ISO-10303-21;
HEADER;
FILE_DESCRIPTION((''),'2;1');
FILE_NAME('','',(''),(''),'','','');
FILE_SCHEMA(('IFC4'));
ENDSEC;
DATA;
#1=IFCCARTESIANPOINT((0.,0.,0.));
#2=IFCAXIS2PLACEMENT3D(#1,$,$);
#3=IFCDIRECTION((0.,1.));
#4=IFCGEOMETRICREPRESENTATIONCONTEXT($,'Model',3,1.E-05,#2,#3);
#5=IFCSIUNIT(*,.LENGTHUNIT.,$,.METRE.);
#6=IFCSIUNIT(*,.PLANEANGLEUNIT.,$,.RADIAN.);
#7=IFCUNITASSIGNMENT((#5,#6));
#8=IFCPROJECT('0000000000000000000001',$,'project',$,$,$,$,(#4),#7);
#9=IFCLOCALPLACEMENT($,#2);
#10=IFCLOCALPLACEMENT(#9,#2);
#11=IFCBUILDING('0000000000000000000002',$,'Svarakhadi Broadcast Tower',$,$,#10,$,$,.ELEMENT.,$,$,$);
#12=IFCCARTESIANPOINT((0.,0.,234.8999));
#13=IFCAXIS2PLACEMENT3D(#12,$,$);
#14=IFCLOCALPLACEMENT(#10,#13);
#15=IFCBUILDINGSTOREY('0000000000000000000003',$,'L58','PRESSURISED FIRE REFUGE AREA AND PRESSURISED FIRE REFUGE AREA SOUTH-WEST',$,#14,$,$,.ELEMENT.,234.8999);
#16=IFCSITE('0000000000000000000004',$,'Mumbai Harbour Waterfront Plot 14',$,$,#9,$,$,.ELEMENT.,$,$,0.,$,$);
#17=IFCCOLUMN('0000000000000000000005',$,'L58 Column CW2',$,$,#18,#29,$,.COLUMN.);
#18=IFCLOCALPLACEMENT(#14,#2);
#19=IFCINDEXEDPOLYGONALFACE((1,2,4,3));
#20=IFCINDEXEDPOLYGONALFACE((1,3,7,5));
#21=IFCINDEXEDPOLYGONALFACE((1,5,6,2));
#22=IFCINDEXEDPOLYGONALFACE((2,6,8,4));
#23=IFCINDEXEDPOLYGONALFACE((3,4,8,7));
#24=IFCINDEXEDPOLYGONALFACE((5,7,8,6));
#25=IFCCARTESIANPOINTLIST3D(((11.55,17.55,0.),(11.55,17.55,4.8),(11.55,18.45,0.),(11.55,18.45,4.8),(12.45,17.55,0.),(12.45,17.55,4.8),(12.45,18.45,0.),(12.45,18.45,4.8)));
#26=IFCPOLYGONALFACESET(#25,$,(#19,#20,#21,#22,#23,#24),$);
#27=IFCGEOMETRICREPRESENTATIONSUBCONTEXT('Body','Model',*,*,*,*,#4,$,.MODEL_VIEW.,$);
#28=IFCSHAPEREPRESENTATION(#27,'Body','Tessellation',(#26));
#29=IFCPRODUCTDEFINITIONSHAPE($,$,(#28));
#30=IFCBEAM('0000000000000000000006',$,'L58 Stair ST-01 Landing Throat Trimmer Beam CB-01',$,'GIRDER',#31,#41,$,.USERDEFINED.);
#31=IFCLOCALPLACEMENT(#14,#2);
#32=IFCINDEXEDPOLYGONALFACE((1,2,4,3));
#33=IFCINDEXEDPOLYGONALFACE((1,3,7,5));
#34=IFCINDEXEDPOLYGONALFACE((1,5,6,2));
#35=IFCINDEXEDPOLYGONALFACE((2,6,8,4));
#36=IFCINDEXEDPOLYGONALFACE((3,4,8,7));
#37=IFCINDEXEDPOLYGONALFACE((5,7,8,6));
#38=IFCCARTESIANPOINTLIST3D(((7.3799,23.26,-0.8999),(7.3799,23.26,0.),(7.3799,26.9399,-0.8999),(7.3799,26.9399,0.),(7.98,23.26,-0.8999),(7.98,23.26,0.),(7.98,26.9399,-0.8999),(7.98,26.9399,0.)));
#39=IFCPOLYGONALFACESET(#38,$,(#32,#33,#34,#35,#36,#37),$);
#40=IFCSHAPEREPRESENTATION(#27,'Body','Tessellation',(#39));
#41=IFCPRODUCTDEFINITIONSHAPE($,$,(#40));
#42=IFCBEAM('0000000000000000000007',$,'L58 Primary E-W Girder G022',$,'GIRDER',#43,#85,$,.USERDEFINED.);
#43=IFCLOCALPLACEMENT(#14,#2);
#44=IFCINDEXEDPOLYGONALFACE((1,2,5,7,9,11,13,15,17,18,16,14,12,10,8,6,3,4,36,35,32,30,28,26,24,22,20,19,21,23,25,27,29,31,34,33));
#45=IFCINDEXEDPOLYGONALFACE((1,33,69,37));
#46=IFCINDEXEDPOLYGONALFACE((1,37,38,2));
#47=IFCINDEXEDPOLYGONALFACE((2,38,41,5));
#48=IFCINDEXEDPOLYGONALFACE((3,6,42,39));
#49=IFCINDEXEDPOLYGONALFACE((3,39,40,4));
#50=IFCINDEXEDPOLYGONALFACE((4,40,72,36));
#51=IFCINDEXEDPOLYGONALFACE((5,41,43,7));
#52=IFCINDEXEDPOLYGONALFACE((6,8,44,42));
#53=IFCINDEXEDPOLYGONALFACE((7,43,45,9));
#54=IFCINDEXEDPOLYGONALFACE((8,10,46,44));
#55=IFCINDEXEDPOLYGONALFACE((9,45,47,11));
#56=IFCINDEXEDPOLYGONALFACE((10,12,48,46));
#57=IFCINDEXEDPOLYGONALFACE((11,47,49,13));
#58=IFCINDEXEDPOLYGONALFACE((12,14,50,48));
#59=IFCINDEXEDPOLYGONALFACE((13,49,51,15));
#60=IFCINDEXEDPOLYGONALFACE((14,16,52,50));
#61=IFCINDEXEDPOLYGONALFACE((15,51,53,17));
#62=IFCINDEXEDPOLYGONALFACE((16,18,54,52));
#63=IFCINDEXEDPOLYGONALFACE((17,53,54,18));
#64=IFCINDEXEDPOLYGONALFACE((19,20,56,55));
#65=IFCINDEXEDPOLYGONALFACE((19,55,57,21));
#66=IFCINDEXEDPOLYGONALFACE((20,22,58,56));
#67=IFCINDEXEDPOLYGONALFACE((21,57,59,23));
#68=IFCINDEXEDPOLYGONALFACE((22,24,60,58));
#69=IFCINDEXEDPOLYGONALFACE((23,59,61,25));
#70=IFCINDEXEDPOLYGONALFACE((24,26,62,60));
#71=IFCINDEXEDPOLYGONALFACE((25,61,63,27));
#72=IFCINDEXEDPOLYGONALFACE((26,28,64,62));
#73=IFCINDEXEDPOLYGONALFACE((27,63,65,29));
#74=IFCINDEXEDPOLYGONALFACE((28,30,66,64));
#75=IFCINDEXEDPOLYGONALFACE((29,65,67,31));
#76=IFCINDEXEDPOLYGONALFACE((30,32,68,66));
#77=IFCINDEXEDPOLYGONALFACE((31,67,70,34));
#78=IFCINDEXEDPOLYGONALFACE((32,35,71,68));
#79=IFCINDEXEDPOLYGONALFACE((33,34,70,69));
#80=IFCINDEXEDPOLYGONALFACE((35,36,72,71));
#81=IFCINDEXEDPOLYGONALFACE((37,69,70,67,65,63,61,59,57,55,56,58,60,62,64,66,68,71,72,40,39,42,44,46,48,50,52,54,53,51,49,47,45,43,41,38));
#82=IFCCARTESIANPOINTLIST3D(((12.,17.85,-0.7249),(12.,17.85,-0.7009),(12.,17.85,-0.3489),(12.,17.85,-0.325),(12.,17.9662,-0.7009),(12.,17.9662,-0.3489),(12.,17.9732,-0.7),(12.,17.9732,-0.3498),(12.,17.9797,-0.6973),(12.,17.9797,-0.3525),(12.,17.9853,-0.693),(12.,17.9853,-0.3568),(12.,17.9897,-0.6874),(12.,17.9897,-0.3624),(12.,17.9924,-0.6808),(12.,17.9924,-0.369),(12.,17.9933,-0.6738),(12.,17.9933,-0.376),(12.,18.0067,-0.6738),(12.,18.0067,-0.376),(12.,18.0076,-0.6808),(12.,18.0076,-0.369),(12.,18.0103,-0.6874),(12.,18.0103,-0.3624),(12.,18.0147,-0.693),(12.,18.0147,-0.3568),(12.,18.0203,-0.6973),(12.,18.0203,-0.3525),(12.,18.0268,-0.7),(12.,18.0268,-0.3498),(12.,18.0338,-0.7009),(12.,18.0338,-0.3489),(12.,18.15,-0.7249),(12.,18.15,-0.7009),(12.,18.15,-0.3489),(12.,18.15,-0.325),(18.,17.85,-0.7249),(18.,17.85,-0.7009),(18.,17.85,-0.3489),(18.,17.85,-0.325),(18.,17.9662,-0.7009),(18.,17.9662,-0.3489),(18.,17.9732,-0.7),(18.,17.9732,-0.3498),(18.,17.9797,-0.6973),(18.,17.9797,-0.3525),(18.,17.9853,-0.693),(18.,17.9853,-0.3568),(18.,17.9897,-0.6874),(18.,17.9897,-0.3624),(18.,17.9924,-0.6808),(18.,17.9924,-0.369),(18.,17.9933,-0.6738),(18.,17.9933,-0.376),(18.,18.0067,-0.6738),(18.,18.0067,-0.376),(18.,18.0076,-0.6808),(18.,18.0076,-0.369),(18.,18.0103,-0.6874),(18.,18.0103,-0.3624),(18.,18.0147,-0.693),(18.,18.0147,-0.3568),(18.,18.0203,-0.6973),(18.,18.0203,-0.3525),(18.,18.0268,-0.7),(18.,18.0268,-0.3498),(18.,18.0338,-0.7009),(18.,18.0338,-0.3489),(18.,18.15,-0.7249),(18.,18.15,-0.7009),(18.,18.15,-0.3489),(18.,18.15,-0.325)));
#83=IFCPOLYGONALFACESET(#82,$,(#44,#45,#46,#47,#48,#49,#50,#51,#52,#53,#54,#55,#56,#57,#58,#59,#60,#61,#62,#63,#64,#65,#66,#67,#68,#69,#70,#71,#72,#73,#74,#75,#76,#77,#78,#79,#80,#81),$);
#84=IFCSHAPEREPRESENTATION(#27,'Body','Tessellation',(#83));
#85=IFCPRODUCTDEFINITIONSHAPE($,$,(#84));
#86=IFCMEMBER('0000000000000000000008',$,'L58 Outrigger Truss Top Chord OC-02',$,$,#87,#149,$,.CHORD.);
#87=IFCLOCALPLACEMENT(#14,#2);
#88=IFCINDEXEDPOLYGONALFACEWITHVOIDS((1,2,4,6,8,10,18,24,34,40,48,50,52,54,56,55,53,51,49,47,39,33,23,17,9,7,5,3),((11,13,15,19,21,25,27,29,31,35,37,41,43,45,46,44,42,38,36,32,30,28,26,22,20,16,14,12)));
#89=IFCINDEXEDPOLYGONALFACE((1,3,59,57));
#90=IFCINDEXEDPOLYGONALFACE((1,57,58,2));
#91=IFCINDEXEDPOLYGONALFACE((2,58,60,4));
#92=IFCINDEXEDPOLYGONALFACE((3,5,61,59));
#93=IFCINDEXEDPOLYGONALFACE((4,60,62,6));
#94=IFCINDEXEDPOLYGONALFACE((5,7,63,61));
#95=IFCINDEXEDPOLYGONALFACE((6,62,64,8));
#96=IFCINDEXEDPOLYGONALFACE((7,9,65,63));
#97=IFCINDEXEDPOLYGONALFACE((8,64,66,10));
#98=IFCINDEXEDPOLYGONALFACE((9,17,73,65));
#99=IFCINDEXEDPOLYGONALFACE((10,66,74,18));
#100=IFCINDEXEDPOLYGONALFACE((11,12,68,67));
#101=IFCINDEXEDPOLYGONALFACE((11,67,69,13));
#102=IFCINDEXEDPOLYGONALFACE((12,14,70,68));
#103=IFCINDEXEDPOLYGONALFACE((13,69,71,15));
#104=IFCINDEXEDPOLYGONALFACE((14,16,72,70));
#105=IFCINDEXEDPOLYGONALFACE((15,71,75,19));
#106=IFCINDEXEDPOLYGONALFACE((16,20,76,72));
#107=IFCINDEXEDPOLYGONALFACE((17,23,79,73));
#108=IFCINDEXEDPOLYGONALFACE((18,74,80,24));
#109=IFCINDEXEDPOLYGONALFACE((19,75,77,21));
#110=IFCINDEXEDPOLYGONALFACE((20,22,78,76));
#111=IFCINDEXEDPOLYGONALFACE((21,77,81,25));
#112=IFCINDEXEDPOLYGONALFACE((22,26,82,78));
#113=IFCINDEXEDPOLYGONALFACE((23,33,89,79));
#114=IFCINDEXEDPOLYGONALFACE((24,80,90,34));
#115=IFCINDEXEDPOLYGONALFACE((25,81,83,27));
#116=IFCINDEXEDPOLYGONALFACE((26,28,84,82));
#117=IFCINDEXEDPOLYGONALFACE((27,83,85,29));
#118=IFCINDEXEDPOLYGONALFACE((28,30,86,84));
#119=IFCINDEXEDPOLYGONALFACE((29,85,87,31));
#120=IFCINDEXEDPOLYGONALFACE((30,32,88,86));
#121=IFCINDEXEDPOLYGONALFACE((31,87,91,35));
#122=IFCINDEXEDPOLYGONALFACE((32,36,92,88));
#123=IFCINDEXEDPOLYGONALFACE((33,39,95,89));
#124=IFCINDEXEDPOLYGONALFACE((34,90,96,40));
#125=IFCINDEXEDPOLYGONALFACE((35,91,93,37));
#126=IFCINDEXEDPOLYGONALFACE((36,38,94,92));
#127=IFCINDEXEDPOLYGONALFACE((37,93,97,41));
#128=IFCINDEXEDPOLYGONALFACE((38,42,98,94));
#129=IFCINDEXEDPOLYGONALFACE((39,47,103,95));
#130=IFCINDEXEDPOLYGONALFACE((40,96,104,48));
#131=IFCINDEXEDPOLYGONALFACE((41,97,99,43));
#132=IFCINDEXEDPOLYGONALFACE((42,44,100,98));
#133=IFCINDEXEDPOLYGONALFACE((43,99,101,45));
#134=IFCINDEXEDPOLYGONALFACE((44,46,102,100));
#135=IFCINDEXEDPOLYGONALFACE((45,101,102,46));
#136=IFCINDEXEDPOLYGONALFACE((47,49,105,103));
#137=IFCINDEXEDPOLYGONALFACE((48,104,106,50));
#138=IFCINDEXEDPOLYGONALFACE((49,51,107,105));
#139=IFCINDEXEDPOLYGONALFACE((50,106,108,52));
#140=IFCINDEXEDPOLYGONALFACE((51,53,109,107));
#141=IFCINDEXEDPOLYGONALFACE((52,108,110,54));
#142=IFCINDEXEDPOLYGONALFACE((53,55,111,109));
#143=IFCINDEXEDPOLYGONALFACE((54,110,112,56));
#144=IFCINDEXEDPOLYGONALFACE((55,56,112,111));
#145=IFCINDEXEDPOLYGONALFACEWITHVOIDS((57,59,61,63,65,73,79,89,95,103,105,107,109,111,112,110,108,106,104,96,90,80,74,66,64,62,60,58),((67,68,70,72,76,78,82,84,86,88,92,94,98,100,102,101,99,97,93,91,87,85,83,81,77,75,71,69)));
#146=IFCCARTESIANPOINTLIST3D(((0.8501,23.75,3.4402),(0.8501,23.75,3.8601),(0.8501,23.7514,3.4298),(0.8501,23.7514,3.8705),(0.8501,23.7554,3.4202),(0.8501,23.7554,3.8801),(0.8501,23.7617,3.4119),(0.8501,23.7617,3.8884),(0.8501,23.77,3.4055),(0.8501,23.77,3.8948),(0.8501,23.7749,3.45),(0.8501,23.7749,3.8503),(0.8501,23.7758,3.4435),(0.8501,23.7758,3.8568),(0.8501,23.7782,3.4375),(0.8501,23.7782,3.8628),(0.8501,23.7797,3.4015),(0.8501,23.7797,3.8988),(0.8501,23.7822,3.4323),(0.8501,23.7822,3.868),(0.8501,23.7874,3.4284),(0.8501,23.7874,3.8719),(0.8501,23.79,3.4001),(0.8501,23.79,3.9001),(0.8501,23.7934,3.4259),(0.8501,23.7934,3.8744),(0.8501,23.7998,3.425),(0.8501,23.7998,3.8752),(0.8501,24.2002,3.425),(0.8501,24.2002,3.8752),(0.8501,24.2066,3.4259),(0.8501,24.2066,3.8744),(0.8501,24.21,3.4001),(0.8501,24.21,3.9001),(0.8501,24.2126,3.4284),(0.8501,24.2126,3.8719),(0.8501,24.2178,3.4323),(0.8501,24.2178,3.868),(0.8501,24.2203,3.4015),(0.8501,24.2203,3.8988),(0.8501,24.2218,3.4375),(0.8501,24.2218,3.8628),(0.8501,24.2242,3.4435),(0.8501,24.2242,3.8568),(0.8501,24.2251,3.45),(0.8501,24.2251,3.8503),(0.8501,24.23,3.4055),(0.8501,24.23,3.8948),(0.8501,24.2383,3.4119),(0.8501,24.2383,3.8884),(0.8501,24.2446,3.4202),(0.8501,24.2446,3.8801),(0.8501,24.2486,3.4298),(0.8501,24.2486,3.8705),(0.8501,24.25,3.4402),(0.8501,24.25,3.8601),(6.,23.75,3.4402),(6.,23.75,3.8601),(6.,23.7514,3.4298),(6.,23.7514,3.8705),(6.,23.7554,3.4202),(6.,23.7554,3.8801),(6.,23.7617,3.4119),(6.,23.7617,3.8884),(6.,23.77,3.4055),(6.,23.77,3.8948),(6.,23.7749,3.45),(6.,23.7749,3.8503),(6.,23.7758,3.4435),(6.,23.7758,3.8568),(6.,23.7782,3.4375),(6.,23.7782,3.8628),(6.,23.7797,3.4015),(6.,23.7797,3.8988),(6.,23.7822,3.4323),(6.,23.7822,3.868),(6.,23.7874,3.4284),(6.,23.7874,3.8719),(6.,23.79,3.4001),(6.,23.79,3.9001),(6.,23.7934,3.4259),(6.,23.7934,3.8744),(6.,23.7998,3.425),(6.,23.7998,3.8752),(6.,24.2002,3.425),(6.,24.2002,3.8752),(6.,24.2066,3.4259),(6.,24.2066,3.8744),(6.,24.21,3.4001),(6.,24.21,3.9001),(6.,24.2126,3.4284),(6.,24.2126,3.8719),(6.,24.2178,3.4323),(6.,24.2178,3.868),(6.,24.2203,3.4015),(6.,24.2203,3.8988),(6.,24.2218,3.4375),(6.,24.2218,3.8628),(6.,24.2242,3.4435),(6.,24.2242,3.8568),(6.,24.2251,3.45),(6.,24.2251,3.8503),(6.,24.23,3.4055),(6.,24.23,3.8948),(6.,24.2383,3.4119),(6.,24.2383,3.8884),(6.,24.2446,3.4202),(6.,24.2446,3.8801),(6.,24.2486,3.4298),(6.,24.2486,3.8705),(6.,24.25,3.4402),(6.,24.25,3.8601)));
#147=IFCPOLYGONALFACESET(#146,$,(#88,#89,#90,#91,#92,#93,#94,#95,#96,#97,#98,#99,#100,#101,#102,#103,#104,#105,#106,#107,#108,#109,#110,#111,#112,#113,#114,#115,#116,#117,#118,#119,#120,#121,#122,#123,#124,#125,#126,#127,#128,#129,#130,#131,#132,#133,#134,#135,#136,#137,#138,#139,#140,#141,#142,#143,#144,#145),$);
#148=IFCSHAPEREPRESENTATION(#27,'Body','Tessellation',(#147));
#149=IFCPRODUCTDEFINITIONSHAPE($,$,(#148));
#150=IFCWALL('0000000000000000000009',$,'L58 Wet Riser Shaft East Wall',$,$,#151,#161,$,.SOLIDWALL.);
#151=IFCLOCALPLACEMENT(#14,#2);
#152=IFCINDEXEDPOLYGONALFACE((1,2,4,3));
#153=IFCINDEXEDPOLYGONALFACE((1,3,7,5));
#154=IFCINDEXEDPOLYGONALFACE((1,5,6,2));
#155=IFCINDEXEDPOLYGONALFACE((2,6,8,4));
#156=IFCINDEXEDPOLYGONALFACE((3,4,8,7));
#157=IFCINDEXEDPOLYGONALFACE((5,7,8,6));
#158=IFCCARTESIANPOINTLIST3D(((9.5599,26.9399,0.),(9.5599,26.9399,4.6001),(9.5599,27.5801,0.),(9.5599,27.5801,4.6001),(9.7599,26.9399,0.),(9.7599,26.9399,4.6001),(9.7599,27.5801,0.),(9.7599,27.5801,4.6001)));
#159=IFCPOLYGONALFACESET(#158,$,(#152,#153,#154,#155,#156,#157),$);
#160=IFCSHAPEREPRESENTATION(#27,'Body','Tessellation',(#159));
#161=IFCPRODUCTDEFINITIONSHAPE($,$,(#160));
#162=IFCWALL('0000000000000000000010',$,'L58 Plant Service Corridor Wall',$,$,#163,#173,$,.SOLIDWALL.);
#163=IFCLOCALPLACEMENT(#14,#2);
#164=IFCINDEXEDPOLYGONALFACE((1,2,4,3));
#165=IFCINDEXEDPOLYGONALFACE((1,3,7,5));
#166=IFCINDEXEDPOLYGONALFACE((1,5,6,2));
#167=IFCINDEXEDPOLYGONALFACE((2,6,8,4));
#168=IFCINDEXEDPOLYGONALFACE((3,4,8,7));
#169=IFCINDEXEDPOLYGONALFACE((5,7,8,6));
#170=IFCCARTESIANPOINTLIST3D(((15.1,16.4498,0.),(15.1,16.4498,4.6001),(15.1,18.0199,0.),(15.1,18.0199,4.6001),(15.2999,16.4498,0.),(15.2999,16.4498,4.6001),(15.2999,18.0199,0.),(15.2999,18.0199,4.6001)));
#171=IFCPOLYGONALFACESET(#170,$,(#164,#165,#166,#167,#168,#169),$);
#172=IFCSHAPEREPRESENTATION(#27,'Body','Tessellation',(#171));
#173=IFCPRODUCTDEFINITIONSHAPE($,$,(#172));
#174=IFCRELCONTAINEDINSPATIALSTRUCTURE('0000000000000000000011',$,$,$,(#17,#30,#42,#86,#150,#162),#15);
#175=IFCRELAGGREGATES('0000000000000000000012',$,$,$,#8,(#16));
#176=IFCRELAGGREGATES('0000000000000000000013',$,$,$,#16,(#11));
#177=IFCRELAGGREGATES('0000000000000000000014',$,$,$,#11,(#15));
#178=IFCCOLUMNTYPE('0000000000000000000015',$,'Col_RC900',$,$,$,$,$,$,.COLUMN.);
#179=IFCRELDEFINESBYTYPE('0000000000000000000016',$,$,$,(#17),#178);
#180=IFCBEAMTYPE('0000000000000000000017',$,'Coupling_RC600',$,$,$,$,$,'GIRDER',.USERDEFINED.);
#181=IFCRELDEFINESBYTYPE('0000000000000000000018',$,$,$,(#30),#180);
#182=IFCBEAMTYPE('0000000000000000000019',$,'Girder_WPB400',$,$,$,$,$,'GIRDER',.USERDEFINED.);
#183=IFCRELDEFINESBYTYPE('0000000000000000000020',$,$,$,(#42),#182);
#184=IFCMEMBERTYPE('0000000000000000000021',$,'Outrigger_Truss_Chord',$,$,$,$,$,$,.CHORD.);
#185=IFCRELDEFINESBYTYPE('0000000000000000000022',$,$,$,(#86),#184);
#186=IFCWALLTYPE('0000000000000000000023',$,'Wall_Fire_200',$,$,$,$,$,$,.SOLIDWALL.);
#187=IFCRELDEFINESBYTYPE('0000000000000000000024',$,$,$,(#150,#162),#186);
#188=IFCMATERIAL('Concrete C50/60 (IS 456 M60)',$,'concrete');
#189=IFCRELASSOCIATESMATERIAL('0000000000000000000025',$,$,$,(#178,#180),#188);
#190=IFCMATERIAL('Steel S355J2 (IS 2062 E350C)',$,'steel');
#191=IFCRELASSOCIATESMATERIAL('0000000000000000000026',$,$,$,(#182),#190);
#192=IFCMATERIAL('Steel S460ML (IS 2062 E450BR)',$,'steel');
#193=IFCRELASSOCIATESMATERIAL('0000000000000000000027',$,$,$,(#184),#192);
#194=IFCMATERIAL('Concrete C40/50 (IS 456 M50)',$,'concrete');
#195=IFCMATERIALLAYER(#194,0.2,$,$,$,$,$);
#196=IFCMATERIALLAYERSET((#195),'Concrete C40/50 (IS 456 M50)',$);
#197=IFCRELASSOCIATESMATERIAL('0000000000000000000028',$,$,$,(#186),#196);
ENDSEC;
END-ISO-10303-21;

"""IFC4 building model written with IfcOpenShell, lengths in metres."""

from ifc_helpers import new_model, si_unit, direction, frame, frame_2d, origin, origin_2d, place, context, subcontext, project, spatial, rectangle, hollow_rectangle, i_section, extrude, material, layer, layer_set, material_profile, profile_set, type_object, element, save


model = new_model("IFC4")

# Units and contexts
model_context = context("Model", 3, precision=1e-05, world=origin(), true_north=direction((0.0, 1.0)))
body_context = subcontext(model_context, "Body", "Model", "MODEL_VIEW")
ifc_project = project(units=[si_unit("LENGTHUNIT", "METRE"), si_unit("PLANEANGLEUNIT", "RADIAN")], contexts=[model_context])

# Site, building, storey
site_placement = place(None, origin())
site = spatial("IfcSite", under=ifc_project, at=site_placement, Name="Mumbai Harbour Waterfront Plot 14", CompositionType="ELEMENT", RefElevation=0.0)
building_placement = place(site_placement, origin())
building = spatial("IfcBuilding", under=site, at=building_placement, Name="Svarakhadi Broadcast Tower", CompositionType="ELEMENT")
storey_placement = place(building_placement, frame((0.0, 0.0, 234.8999)))
storey = spatial("IfcBuildingStorey", under=building, at=storey_placement, Name="L58", Description="PRESSURISED FIRE REFUGE AREA AND PRESSURISED FIRE REFUGE AREA SOUTH-WEST", CompositionType="ELEMENT", Elevation=234.8999)

# Column
ifc_material_1 = material(Name="Concrete C50/60 (IS 456 M60)", Category="concrete")
ifc_material_profile_1 = material_profile(ifc_material_1, rectangle(XDim=0.8999, YDim=0.8999, at=origin_2d()), Name="RC 900x900")
ifc_profile_set_1 = profile_set([ifc_material_profile_1], Name="Concrete C50/60 (IS 456 M60)")
column_type = type_object("IfcColumnType", Name="Col_RC900", PredefinedType="COLUMN", material=ifc_profile_set_1)
column_placement = place(storey_placement, frame((12.0, 18.0, 0.0), z_axis=(0.0, 0.0, 1.0), x_axis=(1.0, 0.0, 0.0)))
element("IfcColumn", 1, at=column_placement, inside=storey, type_object=column_type, Name="L58 Column CW2", PredefinedType="COLUMN", context=body_context, shape_type="SweptSolid", body=[
    extrude(rectangle(XDim=0.8999, YDim=0.8999, at=origin_2d()), origin(), (0.0, 0.0, 1.0), 4.8),
])

# Beams
ifc_material_profile_2 = material_profile(ifc_material_1, rectangle(XDim=0.6001, YDim=0.8999, at=origin_2d()), Name="RC 600x900")
ifc_profile_set_2 = profile_set([ifc_material_profile_2], Name="Concrete C50/60 (IS 456 M60)")
beam_type_1 = type_object("IfcBeamType", Name="Coupling_RC600", ElementType="GIRDER", PredefinedType="USERDEFINED", material=ifc_profile_set_2)
beam_1_placement = place(storey_placement, frame((7.6799, 23.26, -0.45), z_axis=(0.0, 1.0, 0.0), x_axis=(-1.0, 0.0, 0.0)))
element("IfcBeam", 2, at=beam_1_placement, inside=storey, type_object=beam_type_1, Name="L58 Stair ST-01 Landing Throat Trimmer Beam CB-01", ObjectType="GIRDER", PredefinedType="USERDEFINED", context=body_context, shape_type="SweptSolid", body=[
    extrude(rectangle(XDim=0.6001, YDim=0.8999, at=origin_2d()), origin(), (0.0, 0.0, 1.0), 3.6799),
])
ifc_material_2 = material(Name="Steel S355J2 (IS 2062 E350C)", Category="steel")
ifc_material_profile_3 = material_profile(ifc_material_2, i_section(OverallWidth=0.3, OverallDepth=0.3999, WebThickness=0.0134, FlangeThickness=0.0239, FilletRadius=0.0271, at=origin_2d()), Name="WPB 400x300x155")
ifc_profile_set_3 = profile_set([ifc_material_profile_3], Name="Steel S355J2 (IS 2062 E350C)")
beam_type_2 = type_object("IfcBeamType", Name="Girder_WPB400", ElementType="GIRDER", PredefinedType="USERDEFINED", material=ifc_profile_set_3)
beam_2_placement = place(storey_placement, frame((12.0, 18.0, -0.5249), z_axis=(1.0, 0.0, 0.0), x_axis=(0.0, 1.0, 0.0)))
element("IfcBeam", 3, at=beam_2_placement, inside=storey, type_object=beam_type_2, Name="L58 Primary E-W Girder G022", ObjectType="GIRDER", PredefinedType="USERDEFINED", context=body_context, shape_type="SweptSolid", body=[
    extrude(i_section(OverallWidth=0.3, OverallDepth=0.3999, WebThickness=0.0134, FlangeThickness=0.0239, FilletRadius=0.0271, at=origin_2d()), origin(), (0.0, 0.0, 1.0), 6.0),
])

# Member
ifc_material_3 = material(Name="Steel S460ML (IS 2062 E450BR)", Category="steel")
ifc_material_profile_4 = material_profile(ifc_material_3, hollow_rectangle(XDim=0.5, YDim=0.5, WallThickness=0.0249, InnerFilletRadius=0.0249, OuterFilletRadius=0.04, at=origin_2d()), Name="SHS 500x500x25")
ifc_profile_set_4 = profile_set([ifc_material_profile_4], Name="Steel S460ML (IS 2062 E450BR)")
member_type = type_object("IfcMemberType", Name="Outrigger_Truss_Chord", PredefinedType="CHORD", material=ifc_profile_set_4)
member_placement = place(storey_placement, frame((6.0, 24.0, 3.6501), z_axis=(-1.0, 0.0, 0.0), x_axis=(0.0, -1.0, 0.0)))
element("IfcMember", 4, at=member_placement, inside=storey, type_object=member_type, Name="L58 Outrigger Truss Top Chord OC-02", PredefinedType="CHORD", context=body_context, shape_type="SweptSolid", body=[
    extrude(hollow_rectangle(XDim=0.5, YDim=0.5, WallThickness=0.0249, InnerFilletRadius=0.0249, OuterFilletRadius=0.04, at=origin_2d()), origin(), (0.0, 0.0, 1.0), 5.1499),
])

# Walls
ifc_material_4 = material(Name="Concrete C40/50 (IS 456 M50)", Category="concrete")
ifc_layer_1 = layer(ifc_material_4, 0.2)
ifc_layer_set_1 = layer_set([ifc_layer_1], Name="Concrete C40/50 (IS 456 M50)")
wall_type_1 = type_object("IfcWallType", Name="Wall_Fire_200", PredefinedType="SOLIDWALL", material=ifc_layer_set_1)
wall_1_placement = place(storey_placement, frame((9.6599, 26.9399, 0.0), z_axis=(0.0, 0.0, 1.0), x_axis=(0.0, 1.0, 0.0)))
element("IfcWall", 5, at=wall_1_placement, inside=storey, type_object=wall_type_1, Name="L58 Wet Riser Shaft East Wall", PredefinedType="SOLIDWALL", context=body_context, shape_type="SweptSolid", body=[
    extrude(rectangle(XDim=0.6401, YDim=0.2, at=frame_2d((0.3201, 0.0))), origin(), (0.0, 0.0, 1.0), 4.6001),
])
wall_2_placement = place(storey_placement, frame((15.2, 18.02, 0.0), z_axis=(0.0, 0.0, 1.0), x_axis=(0.0, -1.0, 0.0)))
element("IfcWall", 6, at=wall_2_placement, inside=storey, type_object=wall_type_1, Name="L58 Plant Service Corridor Wall", PredefinedType="SOLIDWALL", context=body_context, shape_type="SweptSolid", body=[
    extrude(rectangle(XDim=1.5701, YDim=0.2, at=frame_2d((0.7852, 0.0))), origin(), (0.0, 0.0, 1.0), 4.6001),
])

save(model, "model.ifc")
